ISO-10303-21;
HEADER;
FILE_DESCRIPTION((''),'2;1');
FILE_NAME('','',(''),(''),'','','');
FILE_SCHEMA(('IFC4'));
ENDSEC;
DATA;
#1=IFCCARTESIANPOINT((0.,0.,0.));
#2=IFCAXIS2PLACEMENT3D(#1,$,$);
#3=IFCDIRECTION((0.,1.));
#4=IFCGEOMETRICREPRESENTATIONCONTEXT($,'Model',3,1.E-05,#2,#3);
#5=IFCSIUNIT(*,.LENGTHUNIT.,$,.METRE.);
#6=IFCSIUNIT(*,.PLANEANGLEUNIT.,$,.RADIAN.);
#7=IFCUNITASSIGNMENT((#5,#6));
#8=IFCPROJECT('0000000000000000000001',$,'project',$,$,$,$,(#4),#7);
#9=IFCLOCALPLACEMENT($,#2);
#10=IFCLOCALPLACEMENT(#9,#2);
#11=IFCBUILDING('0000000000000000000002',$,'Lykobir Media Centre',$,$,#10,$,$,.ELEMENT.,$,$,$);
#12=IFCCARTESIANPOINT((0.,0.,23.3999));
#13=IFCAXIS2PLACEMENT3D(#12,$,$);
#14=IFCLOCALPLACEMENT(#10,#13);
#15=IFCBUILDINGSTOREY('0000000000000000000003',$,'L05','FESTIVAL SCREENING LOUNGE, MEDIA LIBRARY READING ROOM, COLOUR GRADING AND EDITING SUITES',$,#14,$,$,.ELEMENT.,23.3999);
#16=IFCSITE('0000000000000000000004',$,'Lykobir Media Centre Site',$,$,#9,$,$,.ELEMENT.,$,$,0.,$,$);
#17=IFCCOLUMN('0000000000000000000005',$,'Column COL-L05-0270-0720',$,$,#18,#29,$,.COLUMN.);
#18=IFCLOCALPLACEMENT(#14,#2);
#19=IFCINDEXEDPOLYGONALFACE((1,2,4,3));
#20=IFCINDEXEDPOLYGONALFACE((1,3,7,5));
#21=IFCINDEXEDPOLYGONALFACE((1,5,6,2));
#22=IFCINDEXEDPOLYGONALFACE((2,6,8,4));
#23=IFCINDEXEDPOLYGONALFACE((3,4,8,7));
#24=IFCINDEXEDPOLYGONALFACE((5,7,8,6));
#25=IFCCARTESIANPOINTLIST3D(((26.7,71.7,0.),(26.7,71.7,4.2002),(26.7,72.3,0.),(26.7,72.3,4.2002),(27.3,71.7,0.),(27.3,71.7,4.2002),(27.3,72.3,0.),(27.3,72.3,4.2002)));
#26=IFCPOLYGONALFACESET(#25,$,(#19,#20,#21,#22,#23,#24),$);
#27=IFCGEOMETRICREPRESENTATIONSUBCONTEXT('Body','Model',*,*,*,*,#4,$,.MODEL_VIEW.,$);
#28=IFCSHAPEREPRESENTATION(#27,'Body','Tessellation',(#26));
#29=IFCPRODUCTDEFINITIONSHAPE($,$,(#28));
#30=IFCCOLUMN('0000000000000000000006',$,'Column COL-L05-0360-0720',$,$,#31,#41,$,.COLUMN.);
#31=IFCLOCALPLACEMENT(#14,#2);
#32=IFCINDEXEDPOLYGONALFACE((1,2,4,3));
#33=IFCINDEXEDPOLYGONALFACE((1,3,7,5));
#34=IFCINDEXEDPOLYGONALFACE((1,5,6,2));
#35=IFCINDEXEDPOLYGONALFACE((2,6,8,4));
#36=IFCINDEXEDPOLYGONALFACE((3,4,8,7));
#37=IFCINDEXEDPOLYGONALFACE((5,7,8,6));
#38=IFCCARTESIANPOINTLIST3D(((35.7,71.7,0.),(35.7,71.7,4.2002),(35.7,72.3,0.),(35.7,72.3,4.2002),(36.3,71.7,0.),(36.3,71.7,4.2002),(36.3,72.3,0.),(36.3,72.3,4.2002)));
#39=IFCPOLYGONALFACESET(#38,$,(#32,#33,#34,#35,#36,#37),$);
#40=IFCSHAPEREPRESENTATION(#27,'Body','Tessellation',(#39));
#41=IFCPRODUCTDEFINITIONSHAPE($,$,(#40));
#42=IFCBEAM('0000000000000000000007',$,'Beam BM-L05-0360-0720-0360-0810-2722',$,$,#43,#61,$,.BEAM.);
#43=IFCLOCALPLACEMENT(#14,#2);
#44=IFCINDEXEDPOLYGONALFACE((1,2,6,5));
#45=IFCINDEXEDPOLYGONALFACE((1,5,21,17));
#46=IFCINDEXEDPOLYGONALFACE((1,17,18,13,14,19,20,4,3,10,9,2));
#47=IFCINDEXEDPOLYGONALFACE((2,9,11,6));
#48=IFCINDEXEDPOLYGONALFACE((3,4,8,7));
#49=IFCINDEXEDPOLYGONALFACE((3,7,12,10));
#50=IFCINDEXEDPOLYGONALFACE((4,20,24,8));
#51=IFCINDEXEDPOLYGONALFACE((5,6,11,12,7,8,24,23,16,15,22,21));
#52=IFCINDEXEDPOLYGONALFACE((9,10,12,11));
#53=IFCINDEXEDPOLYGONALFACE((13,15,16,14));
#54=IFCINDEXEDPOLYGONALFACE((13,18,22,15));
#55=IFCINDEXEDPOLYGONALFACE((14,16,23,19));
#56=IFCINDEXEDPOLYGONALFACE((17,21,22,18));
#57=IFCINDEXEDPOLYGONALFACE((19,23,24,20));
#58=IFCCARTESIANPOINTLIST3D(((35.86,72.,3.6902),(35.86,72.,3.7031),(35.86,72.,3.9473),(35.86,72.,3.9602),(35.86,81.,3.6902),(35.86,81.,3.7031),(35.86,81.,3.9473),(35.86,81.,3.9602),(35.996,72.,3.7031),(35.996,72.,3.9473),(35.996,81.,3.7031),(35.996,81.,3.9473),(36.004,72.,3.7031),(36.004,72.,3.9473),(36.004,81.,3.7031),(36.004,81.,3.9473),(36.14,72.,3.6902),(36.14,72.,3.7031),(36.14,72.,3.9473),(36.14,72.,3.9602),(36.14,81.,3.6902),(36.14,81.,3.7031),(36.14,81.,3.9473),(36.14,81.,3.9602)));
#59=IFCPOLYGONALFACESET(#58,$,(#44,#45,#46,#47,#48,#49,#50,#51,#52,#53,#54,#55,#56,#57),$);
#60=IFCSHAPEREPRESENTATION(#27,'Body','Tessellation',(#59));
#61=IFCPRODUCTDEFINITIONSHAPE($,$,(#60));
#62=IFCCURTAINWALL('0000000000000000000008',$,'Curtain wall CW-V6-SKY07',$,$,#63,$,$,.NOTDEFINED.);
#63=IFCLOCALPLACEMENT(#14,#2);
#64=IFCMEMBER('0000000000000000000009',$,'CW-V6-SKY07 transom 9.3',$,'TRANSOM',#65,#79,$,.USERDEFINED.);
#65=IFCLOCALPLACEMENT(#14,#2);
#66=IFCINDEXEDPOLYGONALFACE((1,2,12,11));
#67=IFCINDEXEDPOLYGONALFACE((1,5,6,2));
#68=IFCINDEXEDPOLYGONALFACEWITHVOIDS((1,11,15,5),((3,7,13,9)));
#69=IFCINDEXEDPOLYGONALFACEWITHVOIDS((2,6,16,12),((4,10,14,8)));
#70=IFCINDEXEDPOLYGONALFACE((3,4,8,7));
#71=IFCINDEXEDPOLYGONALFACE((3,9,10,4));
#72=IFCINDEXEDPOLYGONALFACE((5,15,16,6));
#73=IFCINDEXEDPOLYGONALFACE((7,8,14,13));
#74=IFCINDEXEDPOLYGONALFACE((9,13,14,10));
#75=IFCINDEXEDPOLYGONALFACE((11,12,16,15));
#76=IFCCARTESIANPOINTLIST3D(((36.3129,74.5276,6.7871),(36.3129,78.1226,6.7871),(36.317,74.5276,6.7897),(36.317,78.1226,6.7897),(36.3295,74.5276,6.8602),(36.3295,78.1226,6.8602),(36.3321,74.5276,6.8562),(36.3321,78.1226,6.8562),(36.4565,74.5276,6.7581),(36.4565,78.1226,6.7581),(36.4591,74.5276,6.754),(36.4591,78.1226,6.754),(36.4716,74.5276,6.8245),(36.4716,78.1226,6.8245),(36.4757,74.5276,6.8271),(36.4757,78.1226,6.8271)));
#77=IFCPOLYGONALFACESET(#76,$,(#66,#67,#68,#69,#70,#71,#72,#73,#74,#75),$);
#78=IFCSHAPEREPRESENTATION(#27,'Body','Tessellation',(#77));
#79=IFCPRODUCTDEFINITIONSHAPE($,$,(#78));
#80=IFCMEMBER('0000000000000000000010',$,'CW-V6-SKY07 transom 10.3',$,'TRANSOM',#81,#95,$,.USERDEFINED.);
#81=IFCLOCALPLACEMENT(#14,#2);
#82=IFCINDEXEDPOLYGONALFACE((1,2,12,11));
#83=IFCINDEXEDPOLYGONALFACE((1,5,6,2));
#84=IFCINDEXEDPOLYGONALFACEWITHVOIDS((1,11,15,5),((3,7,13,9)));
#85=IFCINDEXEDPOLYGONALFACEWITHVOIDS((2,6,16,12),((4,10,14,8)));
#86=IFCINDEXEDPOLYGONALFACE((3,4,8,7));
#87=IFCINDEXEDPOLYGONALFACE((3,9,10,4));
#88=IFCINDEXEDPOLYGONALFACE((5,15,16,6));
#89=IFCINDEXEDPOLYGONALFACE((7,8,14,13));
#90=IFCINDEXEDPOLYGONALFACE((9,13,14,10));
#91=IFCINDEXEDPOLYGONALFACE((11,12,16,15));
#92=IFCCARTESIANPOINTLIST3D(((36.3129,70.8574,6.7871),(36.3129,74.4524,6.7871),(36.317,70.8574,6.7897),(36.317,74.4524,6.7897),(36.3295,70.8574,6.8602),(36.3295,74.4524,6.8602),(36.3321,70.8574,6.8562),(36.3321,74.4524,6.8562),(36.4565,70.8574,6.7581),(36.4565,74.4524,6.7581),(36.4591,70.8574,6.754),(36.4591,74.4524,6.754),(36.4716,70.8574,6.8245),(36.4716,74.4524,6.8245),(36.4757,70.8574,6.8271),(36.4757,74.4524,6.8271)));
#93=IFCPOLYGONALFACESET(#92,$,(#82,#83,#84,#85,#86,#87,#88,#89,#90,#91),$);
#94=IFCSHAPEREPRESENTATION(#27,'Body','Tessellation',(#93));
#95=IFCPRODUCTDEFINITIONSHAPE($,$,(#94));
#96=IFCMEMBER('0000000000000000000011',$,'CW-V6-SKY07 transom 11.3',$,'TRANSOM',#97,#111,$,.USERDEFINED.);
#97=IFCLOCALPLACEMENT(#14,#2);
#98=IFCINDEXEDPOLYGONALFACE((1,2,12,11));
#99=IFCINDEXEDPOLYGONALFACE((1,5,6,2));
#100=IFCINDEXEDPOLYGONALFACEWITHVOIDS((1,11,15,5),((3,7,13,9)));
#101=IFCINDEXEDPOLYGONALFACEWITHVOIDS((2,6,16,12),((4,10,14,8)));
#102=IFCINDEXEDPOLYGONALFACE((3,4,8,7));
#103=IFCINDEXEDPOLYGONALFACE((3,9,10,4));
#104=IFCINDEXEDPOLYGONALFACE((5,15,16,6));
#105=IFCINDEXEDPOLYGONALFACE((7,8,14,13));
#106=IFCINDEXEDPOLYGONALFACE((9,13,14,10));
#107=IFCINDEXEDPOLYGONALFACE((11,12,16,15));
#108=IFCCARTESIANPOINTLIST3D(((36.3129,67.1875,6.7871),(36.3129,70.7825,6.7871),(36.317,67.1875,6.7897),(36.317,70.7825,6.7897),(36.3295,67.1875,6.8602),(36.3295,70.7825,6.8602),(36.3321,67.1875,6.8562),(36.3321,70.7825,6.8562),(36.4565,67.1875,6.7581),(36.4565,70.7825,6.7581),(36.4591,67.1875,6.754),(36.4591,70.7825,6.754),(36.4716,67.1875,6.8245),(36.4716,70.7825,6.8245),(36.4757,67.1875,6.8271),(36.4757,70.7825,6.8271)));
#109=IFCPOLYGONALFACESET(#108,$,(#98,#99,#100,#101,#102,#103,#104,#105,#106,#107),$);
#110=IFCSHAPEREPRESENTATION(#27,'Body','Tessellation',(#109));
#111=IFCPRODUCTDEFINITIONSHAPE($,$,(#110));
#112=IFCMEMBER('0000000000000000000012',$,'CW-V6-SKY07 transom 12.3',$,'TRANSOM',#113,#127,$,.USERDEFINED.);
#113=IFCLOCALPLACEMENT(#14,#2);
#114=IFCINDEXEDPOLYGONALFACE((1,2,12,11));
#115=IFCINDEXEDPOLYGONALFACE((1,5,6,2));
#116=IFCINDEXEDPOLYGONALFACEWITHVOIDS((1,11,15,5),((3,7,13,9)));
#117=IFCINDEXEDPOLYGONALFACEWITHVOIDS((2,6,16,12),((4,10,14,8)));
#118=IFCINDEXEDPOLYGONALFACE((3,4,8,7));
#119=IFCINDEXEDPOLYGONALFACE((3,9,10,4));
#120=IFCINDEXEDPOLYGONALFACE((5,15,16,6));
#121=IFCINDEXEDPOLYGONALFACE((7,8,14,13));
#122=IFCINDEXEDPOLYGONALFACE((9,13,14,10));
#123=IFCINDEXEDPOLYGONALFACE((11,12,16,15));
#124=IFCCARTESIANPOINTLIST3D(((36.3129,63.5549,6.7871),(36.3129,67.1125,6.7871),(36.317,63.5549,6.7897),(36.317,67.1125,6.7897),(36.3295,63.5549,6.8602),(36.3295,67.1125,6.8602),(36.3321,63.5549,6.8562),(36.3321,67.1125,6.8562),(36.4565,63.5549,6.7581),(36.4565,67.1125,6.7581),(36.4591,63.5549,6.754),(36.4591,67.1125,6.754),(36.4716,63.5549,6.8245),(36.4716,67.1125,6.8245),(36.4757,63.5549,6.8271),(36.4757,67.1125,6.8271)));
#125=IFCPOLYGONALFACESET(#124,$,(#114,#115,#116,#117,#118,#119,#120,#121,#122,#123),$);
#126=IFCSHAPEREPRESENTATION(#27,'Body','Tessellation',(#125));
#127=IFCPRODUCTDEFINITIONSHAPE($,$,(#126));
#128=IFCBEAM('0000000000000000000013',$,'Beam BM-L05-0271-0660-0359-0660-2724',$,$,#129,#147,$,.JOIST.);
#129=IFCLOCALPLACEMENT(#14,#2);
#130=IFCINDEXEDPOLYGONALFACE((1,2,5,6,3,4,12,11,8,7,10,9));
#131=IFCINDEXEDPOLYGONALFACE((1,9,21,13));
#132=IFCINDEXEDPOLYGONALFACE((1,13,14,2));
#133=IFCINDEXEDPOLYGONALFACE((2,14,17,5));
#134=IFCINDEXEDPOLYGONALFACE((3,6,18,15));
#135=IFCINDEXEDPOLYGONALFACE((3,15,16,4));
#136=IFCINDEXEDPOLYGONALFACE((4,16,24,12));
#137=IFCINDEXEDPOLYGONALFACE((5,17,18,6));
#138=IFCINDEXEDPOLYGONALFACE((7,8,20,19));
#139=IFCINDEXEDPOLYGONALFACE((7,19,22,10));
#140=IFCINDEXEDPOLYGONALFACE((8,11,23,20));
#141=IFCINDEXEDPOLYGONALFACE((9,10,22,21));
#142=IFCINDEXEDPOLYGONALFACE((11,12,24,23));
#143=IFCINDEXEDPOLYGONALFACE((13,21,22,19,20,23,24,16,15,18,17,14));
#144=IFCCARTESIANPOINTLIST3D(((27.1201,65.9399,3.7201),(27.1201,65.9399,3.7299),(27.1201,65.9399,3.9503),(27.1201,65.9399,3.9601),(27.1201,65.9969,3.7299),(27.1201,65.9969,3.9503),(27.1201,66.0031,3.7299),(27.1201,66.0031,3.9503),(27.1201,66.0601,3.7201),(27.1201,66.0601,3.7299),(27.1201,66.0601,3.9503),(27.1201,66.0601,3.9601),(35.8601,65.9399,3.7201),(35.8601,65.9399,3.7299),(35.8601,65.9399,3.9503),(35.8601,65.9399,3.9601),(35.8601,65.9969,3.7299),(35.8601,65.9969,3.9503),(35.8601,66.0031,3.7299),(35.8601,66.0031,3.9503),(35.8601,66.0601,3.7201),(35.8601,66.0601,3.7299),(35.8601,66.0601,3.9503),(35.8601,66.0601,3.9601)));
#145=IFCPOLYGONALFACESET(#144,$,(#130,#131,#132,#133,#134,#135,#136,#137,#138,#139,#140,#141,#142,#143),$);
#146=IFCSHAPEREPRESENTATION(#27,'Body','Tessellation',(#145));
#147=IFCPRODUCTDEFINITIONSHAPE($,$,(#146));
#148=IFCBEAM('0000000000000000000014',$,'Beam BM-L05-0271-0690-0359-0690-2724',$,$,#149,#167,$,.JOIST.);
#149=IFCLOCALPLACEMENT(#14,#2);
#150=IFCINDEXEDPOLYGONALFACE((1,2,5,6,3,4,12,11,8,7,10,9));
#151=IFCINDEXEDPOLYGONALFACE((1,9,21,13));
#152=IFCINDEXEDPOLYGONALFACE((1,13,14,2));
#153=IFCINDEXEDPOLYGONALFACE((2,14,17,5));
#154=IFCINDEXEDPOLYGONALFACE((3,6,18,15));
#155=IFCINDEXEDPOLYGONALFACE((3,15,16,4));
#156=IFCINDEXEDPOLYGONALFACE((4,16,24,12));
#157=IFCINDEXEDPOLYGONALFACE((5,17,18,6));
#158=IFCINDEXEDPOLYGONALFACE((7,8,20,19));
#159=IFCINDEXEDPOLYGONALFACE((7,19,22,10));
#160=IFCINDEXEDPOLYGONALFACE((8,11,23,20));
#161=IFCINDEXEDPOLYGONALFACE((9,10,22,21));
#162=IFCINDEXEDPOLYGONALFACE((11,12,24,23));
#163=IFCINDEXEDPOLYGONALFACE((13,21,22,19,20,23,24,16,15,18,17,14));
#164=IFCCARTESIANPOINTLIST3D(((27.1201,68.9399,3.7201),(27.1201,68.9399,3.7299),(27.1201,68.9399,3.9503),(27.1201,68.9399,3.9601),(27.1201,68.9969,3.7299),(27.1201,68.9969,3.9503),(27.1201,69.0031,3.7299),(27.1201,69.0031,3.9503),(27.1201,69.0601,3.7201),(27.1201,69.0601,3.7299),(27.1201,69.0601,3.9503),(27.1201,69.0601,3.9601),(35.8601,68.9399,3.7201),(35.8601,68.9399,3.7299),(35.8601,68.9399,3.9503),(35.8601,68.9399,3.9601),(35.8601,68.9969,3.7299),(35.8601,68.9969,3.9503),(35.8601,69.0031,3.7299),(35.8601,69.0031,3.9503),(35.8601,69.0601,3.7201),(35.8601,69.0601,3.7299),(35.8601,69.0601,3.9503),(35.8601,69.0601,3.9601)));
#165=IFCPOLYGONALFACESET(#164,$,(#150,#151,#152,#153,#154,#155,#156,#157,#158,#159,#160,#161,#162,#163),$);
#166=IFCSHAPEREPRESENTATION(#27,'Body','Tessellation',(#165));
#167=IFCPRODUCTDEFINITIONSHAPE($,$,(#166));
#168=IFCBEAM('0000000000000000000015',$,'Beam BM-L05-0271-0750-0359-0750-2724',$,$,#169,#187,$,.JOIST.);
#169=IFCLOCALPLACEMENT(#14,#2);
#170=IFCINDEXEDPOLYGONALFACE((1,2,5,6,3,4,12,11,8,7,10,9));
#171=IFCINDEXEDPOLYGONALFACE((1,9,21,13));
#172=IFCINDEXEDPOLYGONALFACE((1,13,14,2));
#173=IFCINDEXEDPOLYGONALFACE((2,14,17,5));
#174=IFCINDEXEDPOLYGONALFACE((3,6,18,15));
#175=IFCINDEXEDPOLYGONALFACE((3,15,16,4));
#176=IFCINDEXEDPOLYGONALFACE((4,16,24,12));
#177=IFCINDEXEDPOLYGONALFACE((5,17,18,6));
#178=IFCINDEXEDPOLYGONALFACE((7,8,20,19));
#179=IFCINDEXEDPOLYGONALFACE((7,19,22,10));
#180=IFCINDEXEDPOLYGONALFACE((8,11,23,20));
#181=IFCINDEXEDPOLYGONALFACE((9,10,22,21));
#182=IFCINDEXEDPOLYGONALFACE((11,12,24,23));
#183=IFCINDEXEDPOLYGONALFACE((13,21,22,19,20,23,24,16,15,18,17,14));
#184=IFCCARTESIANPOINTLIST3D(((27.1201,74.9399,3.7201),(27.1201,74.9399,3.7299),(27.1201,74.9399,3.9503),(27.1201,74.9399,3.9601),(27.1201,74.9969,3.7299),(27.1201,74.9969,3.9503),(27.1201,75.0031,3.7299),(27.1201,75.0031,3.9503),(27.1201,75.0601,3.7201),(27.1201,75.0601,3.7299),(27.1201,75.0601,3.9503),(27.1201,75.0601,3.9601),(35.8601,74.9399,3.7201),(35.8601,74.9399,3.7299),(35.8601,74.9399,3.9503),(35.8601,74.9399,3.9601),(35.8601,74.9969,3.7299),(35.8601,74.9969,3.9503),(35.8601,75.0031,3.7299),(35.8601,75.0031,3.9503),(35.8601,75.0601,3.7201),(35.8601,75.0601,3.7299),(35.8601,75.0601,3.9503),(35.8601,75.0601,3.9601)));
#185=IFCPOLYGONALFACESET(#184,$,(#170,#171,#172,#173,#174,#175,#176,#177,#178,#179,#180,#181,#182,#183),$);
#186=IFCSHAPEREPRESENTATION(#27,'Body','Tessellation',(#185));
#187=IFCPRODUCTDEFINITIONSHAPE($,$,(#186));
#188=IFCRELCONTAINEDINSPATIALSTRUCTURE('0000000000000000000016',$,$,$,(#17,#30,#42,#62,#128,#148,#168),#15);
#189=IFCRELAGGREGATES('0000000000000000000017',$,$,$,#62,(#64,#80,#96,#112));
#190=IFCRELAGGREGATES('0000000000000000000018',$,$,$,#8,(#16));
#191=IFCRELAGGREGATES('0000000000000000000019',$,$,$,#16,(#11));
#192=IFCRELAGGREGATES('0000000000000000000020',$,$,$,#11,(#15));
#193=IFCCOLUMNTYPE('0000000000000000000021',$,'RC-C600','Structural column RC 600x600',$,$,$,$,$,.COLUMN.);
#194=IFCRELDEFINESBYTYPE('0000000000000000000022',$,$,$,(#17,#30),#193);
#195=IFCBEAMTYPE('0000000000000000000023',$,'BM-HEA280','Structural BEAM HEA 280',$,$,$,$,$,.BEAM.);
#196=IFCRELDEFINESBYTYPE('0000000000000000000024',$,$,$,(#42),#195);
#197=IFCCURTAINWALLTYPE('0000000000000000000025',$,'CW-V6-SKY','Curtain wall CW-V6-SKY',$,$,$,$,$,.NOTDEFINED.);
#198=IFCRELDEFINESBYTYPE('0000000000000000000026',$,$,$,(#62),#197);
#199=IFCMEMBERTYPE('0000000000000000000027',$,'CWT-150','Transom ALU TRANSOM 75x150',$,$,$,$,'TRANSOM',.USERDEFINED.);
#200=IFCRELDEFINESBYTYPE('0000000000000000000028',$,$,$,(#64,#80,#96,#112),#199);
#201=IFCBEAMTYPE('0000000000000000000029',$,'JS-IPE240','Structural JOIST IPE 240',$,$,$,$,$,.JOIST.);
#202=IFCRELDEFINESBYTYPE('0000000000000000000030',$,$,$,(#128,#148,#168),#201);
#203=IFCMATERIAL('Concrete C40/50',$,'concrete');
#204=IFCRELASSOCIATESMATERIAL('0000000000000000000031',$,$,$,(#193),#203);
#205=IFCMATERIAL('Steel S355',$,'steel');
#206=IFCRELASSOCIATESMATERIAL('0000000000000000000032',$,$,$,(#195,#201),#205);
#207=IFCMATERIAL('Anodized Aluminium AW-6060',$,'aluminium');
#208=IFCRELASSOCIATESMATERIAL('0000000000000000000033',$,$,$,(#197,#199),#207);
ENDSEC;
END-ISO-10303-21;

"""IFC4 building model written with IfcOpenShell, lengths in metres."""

from ifc_helpers import new_model, si_unit, direction, frame, origin, origin_2d, place, context, subcontext, project, spatial, rectangle, hollow_rectangle, i_section, extrude, material, material_profile, profile_set, type_object, element, aggregate, save


model = new_model("IFC4")

# Units and contexts
model_context = context("Model", 3, precision=1e-05, world=origin(), true_north=direction((0.0, 1.0)))
body_context = subcontext(model_context, "Body", "Model", "MODEL_VIEW")
ifc_project = project(units=[si_unit("LENGTHUNIT", "METRE"), si_unit("PLANEANGLEUNIT", "RADIAN")], contexts=[model_context])

# Site, building, storey
site_placement = place(None, origin())
site = spatial("IfcSite", under=ifc_project, at=site_placement, Name="Lykobir Media Centre Site", CompositionType="ELEMENT", RefElevation=0.0)
building_placement = place(site_placement, origin())
building = spatial("IfcBuilding", under=site, at=building_placement, Name="Lykobir Media Centre", CompositionType="ELEMENT")
storey_placement = place(building_placement, frame((0.0, 0.0, 23.3999)))
storey = spatial("IfcBuildingStorey", under=building, at=storey_placement, Name="L05", Description="FESTIVAL SCREENING LOUNGE, MEDIA LIBRARY READING ROOM, COLOUR GRADING AND EDITING SUITES", CompositionType="ELEMENT", Elevation=23.3999)

# Columns
ifc_material_1 = material(Name="Concrete C40/50", Category="concrete")
ifc_material_profile_1 = material_profile(ifc_material_1, rectangle(XDim=0.6001, YDim=0.6001, at=origin_2d()), Name="RC 600x600")
ifc_profile_set_1 = profile_set([ifc_material_profile_1], Name="Concrete C40/50")
column_type = type_object("IfcColumnType", Name="RC-C600", Description="Structural column RC 600x600", PredefinedType="COLUMN", material=ifc_profile_set_1)
for number, where, z_axis, x_axis, name in (
    (1, (27.0, 72.0, 0.0), (0.0, 0.0, 1.0), (1.0, 0.0, 0.0), "Column COL-L05-0270-0720"),
    (2, (36.0, 72.0, 0.0), (0.0, 0.0, 1.0), (1.0, 0.0, 0.0), "Column COL-L05-0360-0720"),
):
    element("IfcColumn", number, at=place(storey_placement, frame(where, z_axis=z_axis, x_axis=x_axis)), inside=storey, type_object=column_type, Name=name, PredefinedType="COLUMN", context=body_context, shape_type="SweptSolid", body=[
        extrude(rectangle(XDim=0.6001, YDim=0.6001, at=origin_2d()), origin(), (0.0, 0.0, 1.0), 4.2002),
    ])

# Beam
ifc_material_2 = material(Name="Steel S355", Category="steel")
ifc_material_profile_2 = material_profile(ifc_material_2, i_section(OverallWidth=0.28, OverallDepth=0.27, WebThickness=0.0081, FlangeThickness=0.0129, at=origin_2d()), Name="HEA 280")
ifc_profile_set_2 = profile_set([ifc_material_profile_2], Name="Steel S355")
beam_type_1 = type_object("IfcBeamType", Name="BM-HEA280", Description="Structural BEAM HEA 280", PredefinedType="BEAM", material=ifc_profile_set_2)
beam_placement = place(storey_placement, frame((36.0, 72.0, 3.8252), z_axis=(0.0, 1.0, 0.0), x_axis=(-1.0, 0.0, 0.0)))
element("IfcBeam", 3, at=beam_placement, inside=storey, type_object=beam_type_1, Name="Beam BM-L05-0360-0720-0360-0810-2722", PredefinedType="BEAM", context=body_context, shape_type="SweptSolid", body=[
    extrude(i_section(OverallWidth=0.28, OverallDepth=0.27, WebThickness=0.0081, FlangeThickness=0.0129, at=origin_2d()), origin(), (0.0, 0.0, 1.0), 9.0),
])

# Curtain wall, members
ifc_material_3 = material(Name="Anodized Aluminium AW-6060", Category="aluminium")
curtain_wall_type = type_object("IfcCurtainWallType", Name="CW-V6-SKY", Description="Curtain wall CW-V6-SKY", PredefinedType="NOTDEFINED", material=ifc_material_3)
curtain_wall_placement = place(storey_placement, origin())
curtain_wall = element("IfcCurtainWall", 4, at=curtain_wall_placement, inside=storey, type_object=curtain_wall_type, Name="Curtain wall CW-V6-SKY07", PredefinedType="NOTDEFINED")
ifc_material_profile_3 = material_profile(ifc_material_3, hollow_rectangle(XDim=0.075, YDim=0.1499, WallThickness=0.0034, at=origin_2d()), Name="ALU TRANSOM 75x150")
ifc_profile_set_3 = profile_set([ifc_material_profile_3], Name="Anodized Aluminium AW-6060")
member_type = type_object("IfcMemberType", Name="CWT-150", Description="Transom ALU TRANSOM 75x150", ElementType="TRANSOM", PredefinedType="USERDEFINED", material=ifc_profile_set_3)
member_1_placement = place(storey_placement, frame((36.3943, 78.1226, 6.8071), z_axis=(0.0, -1.0, 0.0), x_axis=(0.221055, 0.0, 0.975261)))
member_1 = element("IfcMember", 5, at=member_1_placement, type_object=member_type, Name="CW-V6-SKY07 transom 9.3", ObjectType="TRANSOM", PredefinedType="USERDEFINED", context=body_context, shape_type="SweptSolid", body=[
    extrude(hollow_rectangle(XDim=0.075, YDim=0.1499, WallThickness=0.0034, at=origin_2d()), origin(), (0.0, 0.0, 1.0), 3.595),
])
member_2_placement = place(storey_placement, frame((36.3943, 74.4524, 6.8071), z_axis=(0.0, -1.0, 0.0), x_axis=(0.221055, 0.0, 0.975261)))
member_2 = element("IfcMember", 6, at=member_2_placement, type_object=member_type, Name="CW-V6-SKY07 transom 10.3", ObjectType="TRANSOM", PredefinedType="USERDEFINED", context=body_context, shape_type="SweptSolid", body=[
    extrude(hollow_rectangle(XDim=0.075, YDim=0.1499, WallThickness=0.0034, at=origin_2d()), origin(), (0.0, 0.0, 1.0), 3.595),
])
member_3_placement = place(storey_placement, frame((36.3943, 70.7825, 6.8071), z_axis=(0.0, -1.0, 0.0), x_axis=(0.221055, 0.0, 0.975261)))
member_3 = element("IfcMember", 7, at=member_3_placement, type_object=member_type, Name="CW-V6-SKY07 transom 11.3", ObjectType="TRANSOM", PredefinedType="USERDEFINED", context=body_context, shape_type="SweptSolid", body=[
    extrude(hollow_rectangle(XDim=0.075, YDim=0.1499, WallThickness=0.0034, at=origin_2d()), origin(), (0.0, 0.0, 1.0), 3.595),
])
member_4_placement = place(storey_placement, frame((36.3943, 67.1125, 6.8071), z_axis=(0.0, -1.0, 0.0), x_axis=(0.221055, 0.0, 0.975261)))
member_4 = element("IfcMember", 8, at=member_4_placement, type_object=member_type, Name="CW-V6-SKY07 transom 12.3", ObjectType="TRANSOM", PredefinedType="USERDEFINED", context=body_context, shape_type="SweptSolid", body=[
    extrude(hollow_rectangle(XDim=0.075, YDim=0.1499, WallThickness=0.0034, at=origin_2d()), origin(), (0.0, 0.0, 1.0), 3.5576),
])
aggregate(curtain_wall, [member_1, member_2, member_3, member_4])

# Beams
ifc_material_profile_4 = material_profile(ifc_material_2, i_section(OverallWidth=0.1201, OverallDepth=0.24, WebThickness=0.0061, FlangeThickness=0.0098, at=origin_2d()), Name="IPE 240")
ifc_profile_set_4 = profile_set([ifc_material_profile_4], Name="Steel S355")
beam_type_2 = type_object("IfcBeamType", Name="JS-IPE240", Description="Structural JOIST IPE 240", PredefinedType="JOIST", material=ifc_profile_set_4)
for number, where, z_axis, x_axis, name in (
    (9, (27.1201, 66.0, 3.8401), (1.0, 0.0, 0.0), (0.0, 1.0, 0.0), "Beam BM-L05-0271-0660-0359-0660-2724"),
    (10, (27.1201, 69.0, 3.8401), (1.0, 0.0, 0.0), (0.0, 1.0, 0.0), "Beam BM-L05-0271-0690-0359-0690-2724"),
    (11, (27.1201, 75.0, 3.8401), (1.0, 0.0, 0.0), (0.0, 1.0, 0.0), "Beam BM-L05-0271-0750-0359-0750-2724"),
):
    element("IfcBeam", number, at=place(storey_placement, frame(where, z_axis=z_axis, x_axis=x_axis)), inside=storey, type_object=beam_type_2, Name=name, PredefinedType="JOIST", context=body_context, shape_type="SweptSolid", body=[
        extrude(i_section(OverallWidth=0.1201, OverallDepth=0.24, WebThickness=0.0061, FlangeThickness=0.0098, at=origin_2d()), origin(), (0.0, 0.0, 1.0), 8.74),
    ])

save(model, "model.ifc")
